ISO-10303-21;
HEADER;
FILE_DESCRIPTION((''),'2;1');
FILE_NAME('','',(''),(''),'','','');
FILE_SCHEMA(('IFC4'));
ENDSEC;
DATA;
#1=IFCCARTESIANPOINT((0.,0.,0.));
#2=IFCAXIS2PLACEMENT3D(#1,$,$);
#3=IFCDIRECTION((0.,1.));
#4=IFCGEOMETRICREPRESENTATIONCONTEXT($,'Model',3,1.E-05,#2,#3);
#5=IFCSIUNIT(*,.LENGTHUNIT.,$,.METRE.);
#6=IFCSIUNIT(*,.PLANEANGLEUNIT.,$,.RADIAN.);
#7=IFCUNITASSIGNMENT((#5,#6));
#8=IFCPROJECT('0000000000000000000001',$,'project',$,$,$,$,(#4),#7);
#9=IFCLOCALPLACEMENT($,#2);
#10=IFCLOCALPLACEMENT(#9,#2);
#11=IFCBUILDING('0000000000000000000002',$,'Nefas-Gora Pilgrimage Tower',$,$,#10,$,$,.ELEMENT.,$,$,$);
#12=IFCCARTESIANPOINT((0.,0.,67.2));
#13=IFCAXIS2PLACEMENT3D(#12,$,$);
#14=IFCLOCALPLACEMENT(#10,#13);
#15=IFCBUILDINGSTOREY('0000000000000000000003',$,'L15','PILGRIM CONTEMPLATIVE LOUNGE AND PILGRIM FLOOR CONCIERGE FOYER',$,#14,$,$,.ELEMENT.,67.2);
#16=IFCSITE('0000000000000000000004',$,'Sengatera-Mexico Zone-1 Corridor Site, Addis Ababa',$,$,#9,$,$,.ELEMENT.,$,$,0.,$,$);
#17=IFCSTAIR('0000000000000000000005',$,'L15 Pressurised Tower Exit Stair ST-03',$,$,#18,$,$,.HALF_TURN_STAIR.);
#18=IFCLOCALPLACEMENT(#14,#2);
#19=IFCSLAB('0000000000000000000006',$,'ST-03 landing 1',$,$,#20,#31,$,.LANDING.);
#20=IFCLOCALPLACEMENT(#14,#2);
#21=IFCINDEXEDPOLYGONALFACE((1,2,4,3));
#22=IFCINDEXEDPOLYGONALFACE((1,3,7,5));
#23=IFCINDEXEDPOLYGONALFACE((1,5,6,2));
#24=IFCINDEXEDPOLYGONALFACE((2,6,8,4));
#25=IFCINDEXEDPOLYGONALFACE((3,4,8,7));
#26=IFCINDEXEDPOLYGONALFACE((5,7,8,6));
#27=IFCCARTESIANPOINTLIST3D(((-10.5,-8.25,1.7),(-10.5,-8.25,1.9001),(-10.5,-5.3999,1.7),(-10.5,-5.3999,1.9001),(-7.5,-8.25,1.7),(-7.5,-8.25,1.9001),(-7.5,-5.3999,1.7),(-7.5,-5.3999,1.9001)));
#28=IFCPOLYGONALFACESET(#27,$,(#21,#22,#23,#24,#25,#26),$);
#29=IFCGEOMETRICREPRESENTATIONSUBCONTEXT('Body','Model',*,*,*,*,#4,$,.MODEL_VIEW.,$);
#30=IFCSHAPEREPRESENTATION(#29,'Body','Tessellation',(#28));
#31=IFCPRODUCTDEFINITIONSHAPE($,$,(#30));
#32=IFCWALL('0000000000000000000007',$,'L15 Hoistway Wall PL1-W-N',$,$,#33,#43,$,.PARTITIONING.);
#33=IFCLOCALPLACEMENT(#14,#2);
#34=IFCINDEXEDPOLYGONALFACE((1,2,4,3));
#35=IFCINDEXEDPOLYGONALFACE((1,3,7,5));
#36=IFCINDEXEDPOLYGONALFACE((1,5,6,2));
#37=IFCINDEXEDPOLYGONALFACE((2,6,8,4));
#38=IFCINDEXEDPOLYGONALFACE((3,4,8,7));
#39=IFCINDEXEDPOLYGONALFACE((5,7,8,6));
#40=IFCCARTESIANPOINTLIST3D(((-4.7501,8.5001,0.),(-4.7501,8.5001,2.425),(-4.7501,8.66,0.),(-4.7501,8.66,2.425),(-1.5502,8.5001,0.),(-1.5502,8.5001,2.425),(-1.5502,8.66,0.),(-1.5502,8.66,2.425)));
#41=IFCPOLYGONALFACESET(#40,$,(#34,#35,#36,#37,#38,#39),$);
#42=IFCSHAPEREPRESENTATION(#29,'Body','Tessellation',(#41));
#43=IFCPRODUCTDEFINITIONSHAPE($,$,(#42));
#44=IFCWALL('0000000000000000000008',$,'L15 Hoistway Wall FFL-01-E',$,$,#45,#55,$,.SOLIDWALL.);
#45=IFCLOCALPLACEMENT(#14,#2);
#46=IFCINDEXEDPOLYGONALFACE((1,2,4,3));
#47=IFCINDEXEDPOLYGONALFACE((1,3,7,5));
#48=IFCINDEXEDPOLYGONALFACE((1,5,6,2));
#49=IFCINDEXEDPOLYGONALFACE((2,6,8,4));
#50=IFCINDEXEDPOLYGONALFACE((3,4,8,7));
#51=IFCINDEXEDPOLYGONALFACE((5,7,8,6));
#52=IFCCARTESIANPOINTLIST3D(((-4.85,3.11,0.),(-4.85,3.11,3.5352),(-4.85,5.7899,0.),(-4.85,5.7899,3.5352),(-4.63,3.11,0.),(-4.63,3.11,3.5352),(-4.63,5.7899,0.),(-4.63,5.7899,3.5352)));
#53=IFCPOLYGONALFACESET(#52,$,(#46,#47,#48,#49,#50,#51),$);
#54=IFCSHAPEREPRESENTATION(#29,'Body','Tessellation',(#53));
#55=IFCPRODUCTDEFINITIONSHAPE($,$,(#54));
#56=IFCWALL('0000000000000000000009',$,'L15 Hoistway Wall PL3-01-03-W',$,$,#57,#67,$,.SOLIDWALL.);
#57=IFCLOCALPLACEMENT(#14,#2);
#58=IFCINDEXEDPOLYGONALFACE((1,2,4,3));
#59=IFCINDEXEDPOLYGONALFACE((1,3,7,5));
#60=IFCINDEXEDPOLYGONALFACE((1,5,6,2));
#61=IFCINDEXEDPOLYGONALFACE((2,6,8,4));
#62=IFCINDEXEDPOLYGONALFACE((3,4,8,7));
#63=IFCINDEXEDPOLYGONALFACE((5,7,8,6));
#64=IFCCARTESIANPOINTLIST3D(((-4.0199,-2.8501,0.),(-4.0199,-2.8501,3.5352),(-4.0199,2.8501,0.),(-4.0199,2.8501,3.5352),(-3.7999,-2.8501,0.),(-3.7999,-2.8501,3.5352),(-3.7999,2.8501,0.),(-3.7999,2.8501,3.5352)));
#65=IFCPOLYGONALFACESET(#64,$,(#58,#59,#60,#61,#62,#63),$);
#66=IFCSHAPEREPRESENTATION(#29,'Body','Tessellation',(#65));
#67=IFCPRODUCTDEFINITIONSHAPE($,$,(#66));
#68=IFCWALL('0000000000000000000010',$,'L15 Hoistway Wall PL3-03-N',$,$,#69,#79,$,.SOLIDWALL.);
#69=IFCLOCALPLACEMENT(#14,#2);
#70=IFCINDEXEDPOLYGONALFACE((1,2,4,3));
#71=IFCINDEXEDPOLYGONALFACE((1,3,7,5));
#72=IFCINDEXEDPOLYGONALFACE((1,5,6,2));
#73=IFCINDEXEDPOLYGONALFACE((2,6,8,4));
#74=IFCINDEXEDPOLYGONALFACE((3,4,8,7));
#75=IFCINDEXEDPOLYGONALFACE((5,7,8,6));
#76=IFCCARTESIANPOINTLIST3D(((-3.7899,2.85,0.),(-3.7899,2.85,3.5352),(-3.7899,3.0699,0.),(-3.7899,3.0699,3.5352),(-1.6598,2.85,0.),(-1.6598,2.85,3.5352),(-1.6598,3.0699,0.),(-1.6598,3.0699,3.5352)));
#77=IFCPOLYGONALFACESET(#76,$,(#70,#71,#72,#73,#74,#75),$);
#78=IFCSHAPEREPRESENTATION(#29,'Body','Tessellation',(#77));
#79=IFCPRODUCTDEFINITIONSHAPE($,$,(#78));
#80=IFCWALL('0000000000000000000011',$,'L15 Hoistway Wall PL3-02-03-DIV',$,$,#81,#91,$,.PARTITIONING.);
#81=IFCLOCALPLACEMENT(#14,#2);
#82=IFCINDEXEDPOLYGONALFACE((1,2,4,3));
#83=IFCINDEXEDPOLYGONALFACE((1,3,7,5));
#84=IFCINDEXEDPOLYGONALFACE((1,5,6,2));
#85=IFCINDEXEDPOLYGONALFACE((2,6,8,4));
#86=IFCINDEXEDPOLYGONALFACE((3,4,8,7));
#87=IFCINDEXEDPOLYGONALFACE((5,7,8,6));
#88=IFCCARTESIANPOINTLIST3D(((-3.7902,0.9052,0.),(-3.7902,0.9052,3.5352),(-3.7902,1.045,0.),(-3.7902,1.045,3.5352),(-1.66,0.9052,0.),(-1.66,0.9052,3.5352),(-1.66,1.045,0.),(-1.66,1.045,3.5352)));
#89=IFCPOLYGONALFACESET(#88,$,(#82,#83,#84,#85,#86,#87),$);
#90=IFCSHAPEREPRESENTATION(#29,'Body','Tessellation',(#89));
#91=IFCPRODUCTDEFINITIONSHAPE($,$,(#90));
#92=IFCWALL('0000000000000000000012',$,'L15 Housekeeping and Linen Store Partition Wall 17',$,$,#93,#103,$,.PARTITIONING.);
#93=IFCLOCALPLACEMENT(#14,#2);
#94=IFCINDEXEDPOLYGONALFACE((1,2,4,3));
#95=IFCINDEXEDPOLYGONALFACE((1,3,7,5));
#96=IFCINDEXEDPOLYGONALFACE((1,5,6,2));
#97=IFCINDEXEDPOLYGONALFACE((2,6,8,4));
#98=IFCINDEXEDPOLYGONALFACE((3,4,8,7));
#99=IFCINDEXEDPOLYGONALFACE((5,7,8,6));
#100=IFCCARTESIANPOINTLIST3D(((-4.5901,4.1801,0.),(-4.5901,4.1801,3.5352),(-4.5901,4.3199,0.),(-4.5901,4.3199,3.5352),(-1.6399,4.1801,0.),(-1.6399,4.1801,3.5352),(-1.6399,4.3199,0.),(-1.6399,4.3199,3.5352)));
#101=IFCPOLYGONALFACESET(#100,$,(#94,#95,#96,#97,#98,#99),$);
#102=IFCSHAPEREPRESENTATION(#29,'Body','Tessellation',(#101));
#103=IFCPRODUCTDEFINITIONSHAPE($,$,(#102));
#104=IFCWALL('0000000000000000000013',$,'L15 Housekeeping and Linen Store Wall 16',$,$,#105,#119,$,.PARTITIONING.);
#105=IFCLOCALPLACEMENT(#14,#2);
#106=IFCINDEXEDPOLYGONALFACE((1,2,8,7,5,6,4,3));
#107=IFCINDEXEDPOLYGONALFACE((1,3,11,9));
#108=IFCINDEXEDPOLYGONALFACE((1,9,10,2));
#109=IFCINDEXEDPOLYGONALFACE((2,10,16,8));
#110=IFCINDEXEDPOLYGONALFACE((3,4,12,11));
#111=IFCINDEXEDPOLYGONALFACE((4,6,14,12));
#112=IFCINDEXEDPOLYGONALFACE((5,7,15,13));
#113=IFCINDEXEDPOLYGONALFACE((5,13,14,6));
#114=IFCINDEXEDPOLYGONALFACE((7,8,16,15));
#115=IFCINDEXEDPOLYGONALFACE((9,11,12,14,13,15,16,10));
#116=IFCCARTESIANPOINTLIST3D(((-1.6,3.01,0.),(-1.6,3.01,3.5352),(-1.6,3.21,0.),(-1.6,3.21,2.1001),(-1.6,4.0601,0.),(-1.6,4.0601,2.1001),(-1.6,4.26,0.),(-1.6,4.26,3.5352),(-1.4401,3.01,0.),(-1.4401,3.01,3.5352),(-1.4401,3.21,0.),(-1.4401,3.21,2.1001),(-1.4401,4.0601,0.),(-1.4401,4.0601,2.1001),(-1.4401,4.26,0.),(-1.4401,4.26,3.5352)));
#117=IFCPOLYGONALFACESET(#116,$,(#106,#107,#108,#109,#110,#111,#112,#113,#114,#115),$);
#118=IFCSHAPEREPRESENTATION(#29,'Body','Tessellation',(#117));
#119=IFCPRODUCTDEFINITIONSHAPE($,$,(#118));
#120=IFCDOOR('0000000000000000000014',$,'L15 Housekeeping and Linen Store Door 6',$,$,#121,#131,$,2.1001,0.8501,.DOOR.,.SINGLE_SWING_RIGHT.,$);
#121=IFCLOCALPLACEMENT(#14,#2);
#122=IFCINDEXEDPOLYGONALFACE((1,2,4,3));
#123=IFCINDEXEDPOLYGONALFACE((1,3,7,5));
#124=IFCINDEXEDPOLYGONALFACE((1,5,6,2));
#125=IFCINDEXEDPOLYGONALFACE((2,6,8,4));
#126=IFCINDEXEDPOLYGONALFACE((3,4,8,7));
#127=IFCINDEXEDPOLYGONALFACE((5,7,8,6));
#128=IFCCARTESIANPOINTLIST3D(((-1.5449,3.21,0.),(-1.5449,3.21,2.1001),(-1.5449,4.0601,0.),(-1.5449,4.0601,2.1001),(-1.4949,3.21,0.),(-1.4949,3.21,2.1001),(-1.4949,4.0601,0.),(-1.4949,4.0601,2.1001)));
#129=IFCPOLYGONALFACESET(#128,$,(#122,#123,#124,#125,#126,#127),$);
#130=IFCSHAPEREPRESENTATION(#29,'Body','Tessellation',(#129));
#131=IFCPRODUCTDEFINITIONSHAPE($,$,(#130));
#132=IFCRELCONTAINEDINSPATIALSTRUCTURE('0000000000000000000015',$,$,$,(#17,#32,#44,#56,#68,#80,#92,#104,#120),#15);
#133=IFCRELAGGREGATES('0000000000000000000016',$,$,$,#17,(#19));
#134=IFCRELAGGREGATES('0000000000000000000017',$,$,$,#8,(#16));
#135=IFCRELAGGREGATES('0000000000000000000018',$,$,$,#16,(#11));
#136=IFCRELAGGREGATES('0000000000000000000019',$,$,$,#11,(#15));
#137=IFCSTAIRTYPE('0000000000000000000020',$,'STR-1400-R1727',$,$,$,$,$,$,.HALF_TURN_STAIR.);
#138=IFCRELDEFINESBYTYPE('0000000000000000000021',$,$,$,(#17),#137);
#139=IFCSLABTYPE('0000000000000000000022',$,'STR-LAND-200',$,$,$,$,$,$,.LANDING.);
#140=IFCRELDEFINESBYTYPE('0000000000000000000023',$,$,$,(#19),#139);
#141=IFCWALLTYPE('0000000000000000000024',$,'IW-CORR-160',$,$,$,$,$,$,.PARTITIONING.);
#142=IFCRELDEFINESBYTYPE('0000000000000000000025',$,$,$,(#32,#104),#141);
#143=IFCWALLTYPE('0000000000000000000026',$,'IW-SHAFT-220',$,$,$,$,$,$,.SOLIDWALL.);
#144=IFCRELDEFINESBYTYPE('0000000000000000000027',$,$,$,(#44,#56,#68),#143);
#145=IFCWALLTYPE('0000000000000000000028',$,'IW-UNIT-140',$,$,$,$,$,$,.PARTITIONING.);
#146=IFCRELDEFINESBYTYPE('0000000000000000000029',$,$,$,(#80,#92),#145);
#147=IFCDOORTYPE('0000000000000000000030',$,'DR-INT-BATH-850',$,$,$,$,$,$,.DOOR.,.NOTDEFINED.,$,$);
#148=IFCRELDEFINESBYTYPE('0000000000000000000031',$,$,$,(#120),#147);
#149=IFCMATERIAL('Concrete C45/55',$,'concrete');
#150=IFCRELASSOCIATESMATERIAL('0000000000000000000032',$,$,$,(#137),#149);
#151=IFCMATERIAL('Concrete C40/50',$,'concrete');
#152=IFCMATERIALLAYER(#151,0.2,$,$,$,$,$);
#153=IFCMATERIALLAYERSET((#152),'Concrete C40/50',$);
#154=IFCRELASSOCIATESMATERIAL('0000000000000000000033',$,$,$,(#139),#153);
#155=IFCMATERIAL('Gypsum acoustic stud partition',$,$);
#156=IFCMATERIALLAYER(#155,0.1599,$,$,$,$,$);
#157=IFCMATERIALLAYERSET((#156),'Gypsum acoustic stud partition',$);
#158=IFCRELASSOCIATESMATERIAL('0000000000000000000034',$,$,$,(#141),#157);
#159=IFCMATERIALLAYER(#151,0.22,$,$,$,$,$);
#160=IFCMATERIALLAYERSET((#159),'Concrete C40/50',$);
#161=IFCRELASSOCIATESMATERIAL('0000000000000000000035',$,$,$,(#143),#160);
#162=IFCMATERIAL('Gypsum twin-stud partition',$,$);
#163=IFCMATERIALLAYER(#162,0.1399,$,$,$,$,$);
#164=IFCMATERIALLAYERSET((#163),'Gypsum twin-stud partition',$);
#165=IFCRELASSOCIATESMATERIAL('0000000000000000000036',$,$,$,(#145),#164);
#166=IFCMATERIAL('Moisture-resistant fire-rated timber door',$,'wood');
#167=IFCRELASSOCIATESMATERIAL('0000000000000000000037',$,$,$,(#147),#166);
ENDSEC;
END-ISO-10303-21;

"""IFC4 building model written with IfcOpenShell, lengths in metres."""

from ifc_helpers import new_model, si_unit, direction, frame, frame_2d, origin, place, context, subcontext, project, spatial, polyline, rectangle, outline, extrude, source, transform, mapped, material, layer, layer_set, type_object, element, fill, aggregate, save


model = new_model("IFC4")

# Units and contexts
model_context = context("Model", 3, precision=1e-05, world=origin(), true_north=direction((0.0, 1.0)))
body_context = subcontext(model_context, "Body", "Model", "MODEL_VIEW")
ifc_project = project(units=[si_unit("LENGTHUNIT", "METRE"), si_unit("PLANEANGLEUNIT", "RADIAN")], contexts=[model_context])

# Site, building, storey
site_placement = place(None, origin())
site = spatial("IfcSite", under=ifc_project, at=site_placement, Name="Sengatera-Mexico Zone-1 Corridor Site, Addis Ababa", CompositionType="ELEMENT", RefElevation=0.0)
building_placement = place(site_placement, origin())
building = spatial("IfcBuilding", under=site, at=building_placement, Name="Nefas-Gora Pilgrimage Tower", CompositionType="ELEMENT")
storey_placement = place(building_placement, frame((0.0, 0.0, 67.2)))
storey = spatial("IfcBuildingStorey", under=building, at=storey_placement, Name="L15", Description="PILGRIM CONTEMPLATIVE LOUNGE AND PILGRIM FLOOR CONCIERGE FOYER", CompositionType="ELEMENT", Elevation=67.2)

# Shared definitions
ifc_material_1 = material(Name="Concrete C40/50", Category="concrete")

# Stair, slab
ifc_material_2 = material(Name="Concrete C45/55", Category="concrete")
stair_type = type_object("IfcStairType", Name="STR-1400-R1727", PredefinedType="HALF_TURN_STAIR", material=ifc_material_2)
ifc_layer_1 = layer(ifc_material_1, 0.2)
ifc_layer_set_1 = layer_set([ifc_layer_1], Name="Concrete C40/50")
slab_type_1 = type_object("IfcSlabType", Name="STR-LAND-200", PredefinedType="LANDING", material=ifc_layer_set_1)
stair_1_placement = place(storey_placement, origin())
stair_1 = element("IfcStair", 1, at=stair_1_placement, inside=storey, type_object=stair_type, Name="L15 Pressurised Tower Exit Stair ST-03", PredefinedType="HALF_TURN_STAIR")
slab_1_placement = place(storey_placement, frame((0.0, 0.0, 1.7)))
slab_1 = element("IfcSlab", 2, at=slab_1_placement, type_object=slab_type_1, Name="ST-03 landing 1", PredefinedType="LANDING", context=body_context, shape_type="SweptSolid", body=[
    extrude(outline(polyline([(-10.5, -5.3999), (-10.5, -8.25), (-7.5, -8.25), (-7.5, -5.3999), (-10.5, -5.3999)])), origin(), (0.0, 0.0, 1.0), 0.2002),
])
aggregate(stair_1, [slab_1])

# Walls
ifc_material_3 = material(Name="Gypsum acoustic stud partition")
ifc_layer_2 = layer(ifc_material_3, 0.1599)
ifc_layer_set_2 = layer_set([ifc_layer_2], Name="Gypsum acoustic stud partition")
wall_type_1 = type_object("IfcWallType", Name="IW-CORR-160", PredefinedType="PARTITIONING", material=ifc_layer_set_2)
shared_shape_1 = source(origin(), body_context, "Body", "SweptSolid", [
    extrude(rectangle(XDim=3.2, YDim=0.1599, at=frame_2d((1.6001, 0.0))), origin(), (0.0, 0.0, 1.0), 2.425),
])
wall_1_placement = place(storey_placement, frame((-1.55, 8.5801, 0.0), z_axis=(0.0, 0.0, 1.0), x_axis=(-1.0, 0.0, 0.0)))
element("IfcWall", 3, at=wall_1_placement, inside=storey, type_object=wall_type_1, Name="L15 Hoistway Wall PL1-W-N", PredefinedType="PARTITIONING", context=body_context, shape_type="MappedRepresentation", body=[
    mapped(shared_shape_1, transform((0.0, 0.0, 0.0), x_axis=(1.0, 0.0, 0.0), y_axis=(0.0, 1.0, 0.0), z_axis=(0.0, 0.0, 1.0), scale=1.0)),
])
ifc_layer_3 = layer(ifc_material_1, 0.22)
ifc_layer_set_3 = layer_set([ifc_layer_3], Name="Concrete C40/50")
wall_type_2 = type_object("IfcWallType", Name="IW-SHAFT-220", PredefinedType="SOLIDWALL", material=ifc_layer_set_3)
shared_shape_2 = source(origin(), body_context, "Body", "SweptSolid", [
    extrude(rectangle(XDim=2.6799, YDim=0.22, at=frame_2d((1.3398, 0.0))), origin(), (0.0, 0.0, 1.0), 3.5352),
])
wall_2_placement = place(storey_placement, frame((-4.74, 3.1101, 0.0), z_axis=(0.0, 0.0, 1.0), x_axis=(0.0, 1.0, 0.0)))
element("IfcWall", 4, at=wall_2_placement, inside=storey, type_object=wall_type_2, Name="L15 Hoistway Wall FFL-01-E", PredefinedType="SOLIDWALL", context=body_context, shape_type="MappedRepresentation", body=[
    mapped(shared_shape_2, transform((0.0, 0.0, 0.0), x_axis=(1.0, 0.0, 0.0), y_axis=(0.0, 1.0, 0.0), z_axis=(0.0, 0.0, 1.0), scale=1.0)),
])
ifc_material_4 = material(Name="Gypsum twin-stud partition")
ifc_layer_4 = layer(ifc_material_4, 0.1399)
ifc_layer_set_4 = layer_set([ifc_layer_4], Name="Gypsum twin-stud partition")
wall_type_3 = type_object("IfcWallType", Name="IW-UNIT-140", PredefinedType="PARTITIONING", material=ifc_layer_set_4)
shared_shape_3 = source(origin(), body_context, "Body", "SweptSolid", [
    extrude(rectangle(XDim=5.7002, YDim=0.22, at=frame_2d((2.8501, 0.0))), origin(), (0.0, 0.0, 1.0), 3.5352),
])
wall_3_placement = place(storey_placement, frame((-3.9099, 2.8501, 0.0), z_axis=(0.0, 0.0, 1.0), x_axis=(0.0, -1.0, 0.0)))
element("IfcWall", 5, at=wall_3_placement, inside=storey, type_object=wall_type_2, Name="L15 Hoistway Wall PL3-01-03-W", PredefinedType="SOLIDWALL", context=body_context, shape_type="MappedRepresentation", body=[
    mapped(shared_shape_3, transform((0.0, 0.0, 0.0), x_axis=(1.0, 0.0, 0.0), y_axis=(0.0, 1.0, 0.0), z_axis=(0.0, 0.0, 1.0), scale=1.0)),
])
shared_shape_4 = source(origin(), body_context, "Body", "SweptSolid", [
    extrude(rectangle(XDim=2.1301, YDim=0.22, at=frame_2d((1.0649, 0.0))), origin(), (0.0, 0.0, 1.0), 3.5352),
])
wall_4_placement = place(storey_placement, frame((-1.6599, 2.96, 0.0), z_axis=(0.0, 0.0, 1.0), x_axis=(-1.0, 0.0, 0.0)))
element("IfcWall", 6, at=wall_4_placement, inside=storey, type_object=wall_type_2, Name="L15 Hoistway Wall PL3-03-N", PredefinedType="SOLIDWALL", context=body_context, shape_type="MappedRepresentation", body=[
    mapped(shared_shape_4, transform((0.0, 0.0, 0.0), x_axis=(1.0, 0.0, 0.0), y_axis=(0.0, 1.0, 0.0), z_axis=(0.0, 0.0, 1.0), scale=1.0)),
])
shared_shape_5 = source(origin(), body_context, "Body", "SweptSolid", [
    extrude(rectangle(XDim=2.1301, YDim=0.1399, at=frame_2d((1.0649, 0.0))), origin(), (0.0, 0.0, 1.0), 3.5352),
])
wall_5_placement = place(storey_placement, frame((-3.79, 0.9751, 0.0), z_axis=(0.0, 0.0, 1.0), x_axis=(1.0, 0.0, 0.0)))
element("IfcWall", 7, at=wall_5_placement, inside=storey, type_object=wall_type_3, Name="L15 Hoistway Wall PL3-02-03-DIV", PredefinedType="PARTITIONING", context=body_context, shape_type="MappedRepresentation", body=[
    mapped(shared_shape_5, transform((0.0, 0.0, 0.0), x_axis=(1.0, 0.0, 0.0), y_axis=(0.0, 1.0, 0.0), z_axis=(0.0, 0.0, 1.0), scale=1.0)),
])
shared_shape_6 = source(origin(), body_context, "Body", "SweptSolid", [
    extrude(rectangle(XDim=2.9502, YDim=0.1399, at=frame_2d((1.4751, 0.0))), origin(), (0.0, 0.0, 1.0), 3.5352),
])
wall_6_placement = place(storey_placement, frame((-4.5901, 4.25, 0.0), z_axis=(0.0, 0.0, 1.0), x_axis=(1.0, 0.0, 0.0)))
element("IfcWall", 8, at=wall_6_placement, inside=storey, type_object=wall_type_3, Name="L15 Housekeeping and Linen Store Partition Wall 17", PredefinedType="PARTITIONING", context=body_context, shape_type="MappedRepresentation", body=[
    mapped(shared_shape_6, transform((0.0, 0.0, 0.0), x_axis=(1.0, 0.0, 0.0), y_axis=(0.0, 1.0, 0.0), z_axis=(0.0, 0.0, 1.0), scale=1.0)),
])

# Wall, opening, door
shared_shape_7 = source(origin(), body_context, "Body", "SweptSolid", [
    extrude(rectangle(XDim=1.25, YDim=0.1599, at=frame_2d((0.625, 0.0))), origin(), (0.0, 0.0, 1.0), 3.5352),
])
wall_7_placement = place(storey_placement, frame((-1.52, 3.01, 0.0), z_axis=(0.0, 0.0, 1.0), x_axis=(0.0, 1.0, 0.0)))
wall_7 = element("IfcWall", 9, at=wall_7_placement, inside=storey, type_object=wall_type_1, Name="L15 Housekeeping and Linen Store Wall 16", PredefinedType="PARTITIONING", context=body_context, shape_type="MappedRepresentation", body=[
    mapped(shared_shape_7, transform((0.0, 0.0, 0.0), x_axis=(1.0, 0.0, 0.0), y_axis=(0.0, 1.0, 0.0), z_axis=(0.0, 0.0, 1.0), scale=1.0)),
])
opening_placement = place(wall_7_placement, frame((0.2, 0.0, 0.0)))
opening = element("IfcOpeningElement", 10, at=opening_placement, cuts=wall_7, PredefinedType="OPENING", context=body_context, shape_type="SweptSolid", body=[
    extrude(rectangle(XDim=0.8501, YDim=2.1001, at=frame_2d((0.425, 1.05))), frame((0.0, 0.0898, 0.0), z_axis=(0.0, -1.0, 0.0), x_axis=(1.0, 0.0, 0.0)), (0.0, 0.0, 1.0), 0.1799),
])
ifc_material_5 = material(Name="Moisture-resistant fire-rated timber door", Category="wood")
door_type = type_object("IfcDoorType", Name="DR-INT-BATH-850", OperationType="NOTDEFINED", PredefinedType="DOOR", material=ifc_material_5)
shared_shape_8 = source(origin(), body_context, "Body", "SweptSolid", [
    extrude(rectangle(XDim=0.8501, YDim=2.1001, at=frame_2d((0.425, 1.05))), frame((0.0, 0.0249, 0.0), z_axis=(0.0, -1.0, 0.0), x_axis=(1.0, 0.0, 0.0)), (0.0, 0.0, 1.0), 0.05),
])
door_placement = place(opening_placement, origin())
door = element("IfcDoor", 11, at=door_placement, inside=storey, type_object=door_type, Name="L15 Housekeeping and Linen Store Door 6", OperationType="SINGLE_SWING_RIGHT", OverallHeight=2.1001, OverallWidth=0.8501, PredefinedType="DOOR", context=body_context, shape_type="MappedRepresentation", body=[
    mapped(shared_shape_8, transform((0.0, 0.0, 0.0), x_axis=(1.0, 0.0, 0.0), y_axis=(0.0, 1.0, 0.0), z_axis=(0.0, 0.0, 1.0), scale=1.0)),
])
fill(opening, door)

save(model, "model.ifc")
